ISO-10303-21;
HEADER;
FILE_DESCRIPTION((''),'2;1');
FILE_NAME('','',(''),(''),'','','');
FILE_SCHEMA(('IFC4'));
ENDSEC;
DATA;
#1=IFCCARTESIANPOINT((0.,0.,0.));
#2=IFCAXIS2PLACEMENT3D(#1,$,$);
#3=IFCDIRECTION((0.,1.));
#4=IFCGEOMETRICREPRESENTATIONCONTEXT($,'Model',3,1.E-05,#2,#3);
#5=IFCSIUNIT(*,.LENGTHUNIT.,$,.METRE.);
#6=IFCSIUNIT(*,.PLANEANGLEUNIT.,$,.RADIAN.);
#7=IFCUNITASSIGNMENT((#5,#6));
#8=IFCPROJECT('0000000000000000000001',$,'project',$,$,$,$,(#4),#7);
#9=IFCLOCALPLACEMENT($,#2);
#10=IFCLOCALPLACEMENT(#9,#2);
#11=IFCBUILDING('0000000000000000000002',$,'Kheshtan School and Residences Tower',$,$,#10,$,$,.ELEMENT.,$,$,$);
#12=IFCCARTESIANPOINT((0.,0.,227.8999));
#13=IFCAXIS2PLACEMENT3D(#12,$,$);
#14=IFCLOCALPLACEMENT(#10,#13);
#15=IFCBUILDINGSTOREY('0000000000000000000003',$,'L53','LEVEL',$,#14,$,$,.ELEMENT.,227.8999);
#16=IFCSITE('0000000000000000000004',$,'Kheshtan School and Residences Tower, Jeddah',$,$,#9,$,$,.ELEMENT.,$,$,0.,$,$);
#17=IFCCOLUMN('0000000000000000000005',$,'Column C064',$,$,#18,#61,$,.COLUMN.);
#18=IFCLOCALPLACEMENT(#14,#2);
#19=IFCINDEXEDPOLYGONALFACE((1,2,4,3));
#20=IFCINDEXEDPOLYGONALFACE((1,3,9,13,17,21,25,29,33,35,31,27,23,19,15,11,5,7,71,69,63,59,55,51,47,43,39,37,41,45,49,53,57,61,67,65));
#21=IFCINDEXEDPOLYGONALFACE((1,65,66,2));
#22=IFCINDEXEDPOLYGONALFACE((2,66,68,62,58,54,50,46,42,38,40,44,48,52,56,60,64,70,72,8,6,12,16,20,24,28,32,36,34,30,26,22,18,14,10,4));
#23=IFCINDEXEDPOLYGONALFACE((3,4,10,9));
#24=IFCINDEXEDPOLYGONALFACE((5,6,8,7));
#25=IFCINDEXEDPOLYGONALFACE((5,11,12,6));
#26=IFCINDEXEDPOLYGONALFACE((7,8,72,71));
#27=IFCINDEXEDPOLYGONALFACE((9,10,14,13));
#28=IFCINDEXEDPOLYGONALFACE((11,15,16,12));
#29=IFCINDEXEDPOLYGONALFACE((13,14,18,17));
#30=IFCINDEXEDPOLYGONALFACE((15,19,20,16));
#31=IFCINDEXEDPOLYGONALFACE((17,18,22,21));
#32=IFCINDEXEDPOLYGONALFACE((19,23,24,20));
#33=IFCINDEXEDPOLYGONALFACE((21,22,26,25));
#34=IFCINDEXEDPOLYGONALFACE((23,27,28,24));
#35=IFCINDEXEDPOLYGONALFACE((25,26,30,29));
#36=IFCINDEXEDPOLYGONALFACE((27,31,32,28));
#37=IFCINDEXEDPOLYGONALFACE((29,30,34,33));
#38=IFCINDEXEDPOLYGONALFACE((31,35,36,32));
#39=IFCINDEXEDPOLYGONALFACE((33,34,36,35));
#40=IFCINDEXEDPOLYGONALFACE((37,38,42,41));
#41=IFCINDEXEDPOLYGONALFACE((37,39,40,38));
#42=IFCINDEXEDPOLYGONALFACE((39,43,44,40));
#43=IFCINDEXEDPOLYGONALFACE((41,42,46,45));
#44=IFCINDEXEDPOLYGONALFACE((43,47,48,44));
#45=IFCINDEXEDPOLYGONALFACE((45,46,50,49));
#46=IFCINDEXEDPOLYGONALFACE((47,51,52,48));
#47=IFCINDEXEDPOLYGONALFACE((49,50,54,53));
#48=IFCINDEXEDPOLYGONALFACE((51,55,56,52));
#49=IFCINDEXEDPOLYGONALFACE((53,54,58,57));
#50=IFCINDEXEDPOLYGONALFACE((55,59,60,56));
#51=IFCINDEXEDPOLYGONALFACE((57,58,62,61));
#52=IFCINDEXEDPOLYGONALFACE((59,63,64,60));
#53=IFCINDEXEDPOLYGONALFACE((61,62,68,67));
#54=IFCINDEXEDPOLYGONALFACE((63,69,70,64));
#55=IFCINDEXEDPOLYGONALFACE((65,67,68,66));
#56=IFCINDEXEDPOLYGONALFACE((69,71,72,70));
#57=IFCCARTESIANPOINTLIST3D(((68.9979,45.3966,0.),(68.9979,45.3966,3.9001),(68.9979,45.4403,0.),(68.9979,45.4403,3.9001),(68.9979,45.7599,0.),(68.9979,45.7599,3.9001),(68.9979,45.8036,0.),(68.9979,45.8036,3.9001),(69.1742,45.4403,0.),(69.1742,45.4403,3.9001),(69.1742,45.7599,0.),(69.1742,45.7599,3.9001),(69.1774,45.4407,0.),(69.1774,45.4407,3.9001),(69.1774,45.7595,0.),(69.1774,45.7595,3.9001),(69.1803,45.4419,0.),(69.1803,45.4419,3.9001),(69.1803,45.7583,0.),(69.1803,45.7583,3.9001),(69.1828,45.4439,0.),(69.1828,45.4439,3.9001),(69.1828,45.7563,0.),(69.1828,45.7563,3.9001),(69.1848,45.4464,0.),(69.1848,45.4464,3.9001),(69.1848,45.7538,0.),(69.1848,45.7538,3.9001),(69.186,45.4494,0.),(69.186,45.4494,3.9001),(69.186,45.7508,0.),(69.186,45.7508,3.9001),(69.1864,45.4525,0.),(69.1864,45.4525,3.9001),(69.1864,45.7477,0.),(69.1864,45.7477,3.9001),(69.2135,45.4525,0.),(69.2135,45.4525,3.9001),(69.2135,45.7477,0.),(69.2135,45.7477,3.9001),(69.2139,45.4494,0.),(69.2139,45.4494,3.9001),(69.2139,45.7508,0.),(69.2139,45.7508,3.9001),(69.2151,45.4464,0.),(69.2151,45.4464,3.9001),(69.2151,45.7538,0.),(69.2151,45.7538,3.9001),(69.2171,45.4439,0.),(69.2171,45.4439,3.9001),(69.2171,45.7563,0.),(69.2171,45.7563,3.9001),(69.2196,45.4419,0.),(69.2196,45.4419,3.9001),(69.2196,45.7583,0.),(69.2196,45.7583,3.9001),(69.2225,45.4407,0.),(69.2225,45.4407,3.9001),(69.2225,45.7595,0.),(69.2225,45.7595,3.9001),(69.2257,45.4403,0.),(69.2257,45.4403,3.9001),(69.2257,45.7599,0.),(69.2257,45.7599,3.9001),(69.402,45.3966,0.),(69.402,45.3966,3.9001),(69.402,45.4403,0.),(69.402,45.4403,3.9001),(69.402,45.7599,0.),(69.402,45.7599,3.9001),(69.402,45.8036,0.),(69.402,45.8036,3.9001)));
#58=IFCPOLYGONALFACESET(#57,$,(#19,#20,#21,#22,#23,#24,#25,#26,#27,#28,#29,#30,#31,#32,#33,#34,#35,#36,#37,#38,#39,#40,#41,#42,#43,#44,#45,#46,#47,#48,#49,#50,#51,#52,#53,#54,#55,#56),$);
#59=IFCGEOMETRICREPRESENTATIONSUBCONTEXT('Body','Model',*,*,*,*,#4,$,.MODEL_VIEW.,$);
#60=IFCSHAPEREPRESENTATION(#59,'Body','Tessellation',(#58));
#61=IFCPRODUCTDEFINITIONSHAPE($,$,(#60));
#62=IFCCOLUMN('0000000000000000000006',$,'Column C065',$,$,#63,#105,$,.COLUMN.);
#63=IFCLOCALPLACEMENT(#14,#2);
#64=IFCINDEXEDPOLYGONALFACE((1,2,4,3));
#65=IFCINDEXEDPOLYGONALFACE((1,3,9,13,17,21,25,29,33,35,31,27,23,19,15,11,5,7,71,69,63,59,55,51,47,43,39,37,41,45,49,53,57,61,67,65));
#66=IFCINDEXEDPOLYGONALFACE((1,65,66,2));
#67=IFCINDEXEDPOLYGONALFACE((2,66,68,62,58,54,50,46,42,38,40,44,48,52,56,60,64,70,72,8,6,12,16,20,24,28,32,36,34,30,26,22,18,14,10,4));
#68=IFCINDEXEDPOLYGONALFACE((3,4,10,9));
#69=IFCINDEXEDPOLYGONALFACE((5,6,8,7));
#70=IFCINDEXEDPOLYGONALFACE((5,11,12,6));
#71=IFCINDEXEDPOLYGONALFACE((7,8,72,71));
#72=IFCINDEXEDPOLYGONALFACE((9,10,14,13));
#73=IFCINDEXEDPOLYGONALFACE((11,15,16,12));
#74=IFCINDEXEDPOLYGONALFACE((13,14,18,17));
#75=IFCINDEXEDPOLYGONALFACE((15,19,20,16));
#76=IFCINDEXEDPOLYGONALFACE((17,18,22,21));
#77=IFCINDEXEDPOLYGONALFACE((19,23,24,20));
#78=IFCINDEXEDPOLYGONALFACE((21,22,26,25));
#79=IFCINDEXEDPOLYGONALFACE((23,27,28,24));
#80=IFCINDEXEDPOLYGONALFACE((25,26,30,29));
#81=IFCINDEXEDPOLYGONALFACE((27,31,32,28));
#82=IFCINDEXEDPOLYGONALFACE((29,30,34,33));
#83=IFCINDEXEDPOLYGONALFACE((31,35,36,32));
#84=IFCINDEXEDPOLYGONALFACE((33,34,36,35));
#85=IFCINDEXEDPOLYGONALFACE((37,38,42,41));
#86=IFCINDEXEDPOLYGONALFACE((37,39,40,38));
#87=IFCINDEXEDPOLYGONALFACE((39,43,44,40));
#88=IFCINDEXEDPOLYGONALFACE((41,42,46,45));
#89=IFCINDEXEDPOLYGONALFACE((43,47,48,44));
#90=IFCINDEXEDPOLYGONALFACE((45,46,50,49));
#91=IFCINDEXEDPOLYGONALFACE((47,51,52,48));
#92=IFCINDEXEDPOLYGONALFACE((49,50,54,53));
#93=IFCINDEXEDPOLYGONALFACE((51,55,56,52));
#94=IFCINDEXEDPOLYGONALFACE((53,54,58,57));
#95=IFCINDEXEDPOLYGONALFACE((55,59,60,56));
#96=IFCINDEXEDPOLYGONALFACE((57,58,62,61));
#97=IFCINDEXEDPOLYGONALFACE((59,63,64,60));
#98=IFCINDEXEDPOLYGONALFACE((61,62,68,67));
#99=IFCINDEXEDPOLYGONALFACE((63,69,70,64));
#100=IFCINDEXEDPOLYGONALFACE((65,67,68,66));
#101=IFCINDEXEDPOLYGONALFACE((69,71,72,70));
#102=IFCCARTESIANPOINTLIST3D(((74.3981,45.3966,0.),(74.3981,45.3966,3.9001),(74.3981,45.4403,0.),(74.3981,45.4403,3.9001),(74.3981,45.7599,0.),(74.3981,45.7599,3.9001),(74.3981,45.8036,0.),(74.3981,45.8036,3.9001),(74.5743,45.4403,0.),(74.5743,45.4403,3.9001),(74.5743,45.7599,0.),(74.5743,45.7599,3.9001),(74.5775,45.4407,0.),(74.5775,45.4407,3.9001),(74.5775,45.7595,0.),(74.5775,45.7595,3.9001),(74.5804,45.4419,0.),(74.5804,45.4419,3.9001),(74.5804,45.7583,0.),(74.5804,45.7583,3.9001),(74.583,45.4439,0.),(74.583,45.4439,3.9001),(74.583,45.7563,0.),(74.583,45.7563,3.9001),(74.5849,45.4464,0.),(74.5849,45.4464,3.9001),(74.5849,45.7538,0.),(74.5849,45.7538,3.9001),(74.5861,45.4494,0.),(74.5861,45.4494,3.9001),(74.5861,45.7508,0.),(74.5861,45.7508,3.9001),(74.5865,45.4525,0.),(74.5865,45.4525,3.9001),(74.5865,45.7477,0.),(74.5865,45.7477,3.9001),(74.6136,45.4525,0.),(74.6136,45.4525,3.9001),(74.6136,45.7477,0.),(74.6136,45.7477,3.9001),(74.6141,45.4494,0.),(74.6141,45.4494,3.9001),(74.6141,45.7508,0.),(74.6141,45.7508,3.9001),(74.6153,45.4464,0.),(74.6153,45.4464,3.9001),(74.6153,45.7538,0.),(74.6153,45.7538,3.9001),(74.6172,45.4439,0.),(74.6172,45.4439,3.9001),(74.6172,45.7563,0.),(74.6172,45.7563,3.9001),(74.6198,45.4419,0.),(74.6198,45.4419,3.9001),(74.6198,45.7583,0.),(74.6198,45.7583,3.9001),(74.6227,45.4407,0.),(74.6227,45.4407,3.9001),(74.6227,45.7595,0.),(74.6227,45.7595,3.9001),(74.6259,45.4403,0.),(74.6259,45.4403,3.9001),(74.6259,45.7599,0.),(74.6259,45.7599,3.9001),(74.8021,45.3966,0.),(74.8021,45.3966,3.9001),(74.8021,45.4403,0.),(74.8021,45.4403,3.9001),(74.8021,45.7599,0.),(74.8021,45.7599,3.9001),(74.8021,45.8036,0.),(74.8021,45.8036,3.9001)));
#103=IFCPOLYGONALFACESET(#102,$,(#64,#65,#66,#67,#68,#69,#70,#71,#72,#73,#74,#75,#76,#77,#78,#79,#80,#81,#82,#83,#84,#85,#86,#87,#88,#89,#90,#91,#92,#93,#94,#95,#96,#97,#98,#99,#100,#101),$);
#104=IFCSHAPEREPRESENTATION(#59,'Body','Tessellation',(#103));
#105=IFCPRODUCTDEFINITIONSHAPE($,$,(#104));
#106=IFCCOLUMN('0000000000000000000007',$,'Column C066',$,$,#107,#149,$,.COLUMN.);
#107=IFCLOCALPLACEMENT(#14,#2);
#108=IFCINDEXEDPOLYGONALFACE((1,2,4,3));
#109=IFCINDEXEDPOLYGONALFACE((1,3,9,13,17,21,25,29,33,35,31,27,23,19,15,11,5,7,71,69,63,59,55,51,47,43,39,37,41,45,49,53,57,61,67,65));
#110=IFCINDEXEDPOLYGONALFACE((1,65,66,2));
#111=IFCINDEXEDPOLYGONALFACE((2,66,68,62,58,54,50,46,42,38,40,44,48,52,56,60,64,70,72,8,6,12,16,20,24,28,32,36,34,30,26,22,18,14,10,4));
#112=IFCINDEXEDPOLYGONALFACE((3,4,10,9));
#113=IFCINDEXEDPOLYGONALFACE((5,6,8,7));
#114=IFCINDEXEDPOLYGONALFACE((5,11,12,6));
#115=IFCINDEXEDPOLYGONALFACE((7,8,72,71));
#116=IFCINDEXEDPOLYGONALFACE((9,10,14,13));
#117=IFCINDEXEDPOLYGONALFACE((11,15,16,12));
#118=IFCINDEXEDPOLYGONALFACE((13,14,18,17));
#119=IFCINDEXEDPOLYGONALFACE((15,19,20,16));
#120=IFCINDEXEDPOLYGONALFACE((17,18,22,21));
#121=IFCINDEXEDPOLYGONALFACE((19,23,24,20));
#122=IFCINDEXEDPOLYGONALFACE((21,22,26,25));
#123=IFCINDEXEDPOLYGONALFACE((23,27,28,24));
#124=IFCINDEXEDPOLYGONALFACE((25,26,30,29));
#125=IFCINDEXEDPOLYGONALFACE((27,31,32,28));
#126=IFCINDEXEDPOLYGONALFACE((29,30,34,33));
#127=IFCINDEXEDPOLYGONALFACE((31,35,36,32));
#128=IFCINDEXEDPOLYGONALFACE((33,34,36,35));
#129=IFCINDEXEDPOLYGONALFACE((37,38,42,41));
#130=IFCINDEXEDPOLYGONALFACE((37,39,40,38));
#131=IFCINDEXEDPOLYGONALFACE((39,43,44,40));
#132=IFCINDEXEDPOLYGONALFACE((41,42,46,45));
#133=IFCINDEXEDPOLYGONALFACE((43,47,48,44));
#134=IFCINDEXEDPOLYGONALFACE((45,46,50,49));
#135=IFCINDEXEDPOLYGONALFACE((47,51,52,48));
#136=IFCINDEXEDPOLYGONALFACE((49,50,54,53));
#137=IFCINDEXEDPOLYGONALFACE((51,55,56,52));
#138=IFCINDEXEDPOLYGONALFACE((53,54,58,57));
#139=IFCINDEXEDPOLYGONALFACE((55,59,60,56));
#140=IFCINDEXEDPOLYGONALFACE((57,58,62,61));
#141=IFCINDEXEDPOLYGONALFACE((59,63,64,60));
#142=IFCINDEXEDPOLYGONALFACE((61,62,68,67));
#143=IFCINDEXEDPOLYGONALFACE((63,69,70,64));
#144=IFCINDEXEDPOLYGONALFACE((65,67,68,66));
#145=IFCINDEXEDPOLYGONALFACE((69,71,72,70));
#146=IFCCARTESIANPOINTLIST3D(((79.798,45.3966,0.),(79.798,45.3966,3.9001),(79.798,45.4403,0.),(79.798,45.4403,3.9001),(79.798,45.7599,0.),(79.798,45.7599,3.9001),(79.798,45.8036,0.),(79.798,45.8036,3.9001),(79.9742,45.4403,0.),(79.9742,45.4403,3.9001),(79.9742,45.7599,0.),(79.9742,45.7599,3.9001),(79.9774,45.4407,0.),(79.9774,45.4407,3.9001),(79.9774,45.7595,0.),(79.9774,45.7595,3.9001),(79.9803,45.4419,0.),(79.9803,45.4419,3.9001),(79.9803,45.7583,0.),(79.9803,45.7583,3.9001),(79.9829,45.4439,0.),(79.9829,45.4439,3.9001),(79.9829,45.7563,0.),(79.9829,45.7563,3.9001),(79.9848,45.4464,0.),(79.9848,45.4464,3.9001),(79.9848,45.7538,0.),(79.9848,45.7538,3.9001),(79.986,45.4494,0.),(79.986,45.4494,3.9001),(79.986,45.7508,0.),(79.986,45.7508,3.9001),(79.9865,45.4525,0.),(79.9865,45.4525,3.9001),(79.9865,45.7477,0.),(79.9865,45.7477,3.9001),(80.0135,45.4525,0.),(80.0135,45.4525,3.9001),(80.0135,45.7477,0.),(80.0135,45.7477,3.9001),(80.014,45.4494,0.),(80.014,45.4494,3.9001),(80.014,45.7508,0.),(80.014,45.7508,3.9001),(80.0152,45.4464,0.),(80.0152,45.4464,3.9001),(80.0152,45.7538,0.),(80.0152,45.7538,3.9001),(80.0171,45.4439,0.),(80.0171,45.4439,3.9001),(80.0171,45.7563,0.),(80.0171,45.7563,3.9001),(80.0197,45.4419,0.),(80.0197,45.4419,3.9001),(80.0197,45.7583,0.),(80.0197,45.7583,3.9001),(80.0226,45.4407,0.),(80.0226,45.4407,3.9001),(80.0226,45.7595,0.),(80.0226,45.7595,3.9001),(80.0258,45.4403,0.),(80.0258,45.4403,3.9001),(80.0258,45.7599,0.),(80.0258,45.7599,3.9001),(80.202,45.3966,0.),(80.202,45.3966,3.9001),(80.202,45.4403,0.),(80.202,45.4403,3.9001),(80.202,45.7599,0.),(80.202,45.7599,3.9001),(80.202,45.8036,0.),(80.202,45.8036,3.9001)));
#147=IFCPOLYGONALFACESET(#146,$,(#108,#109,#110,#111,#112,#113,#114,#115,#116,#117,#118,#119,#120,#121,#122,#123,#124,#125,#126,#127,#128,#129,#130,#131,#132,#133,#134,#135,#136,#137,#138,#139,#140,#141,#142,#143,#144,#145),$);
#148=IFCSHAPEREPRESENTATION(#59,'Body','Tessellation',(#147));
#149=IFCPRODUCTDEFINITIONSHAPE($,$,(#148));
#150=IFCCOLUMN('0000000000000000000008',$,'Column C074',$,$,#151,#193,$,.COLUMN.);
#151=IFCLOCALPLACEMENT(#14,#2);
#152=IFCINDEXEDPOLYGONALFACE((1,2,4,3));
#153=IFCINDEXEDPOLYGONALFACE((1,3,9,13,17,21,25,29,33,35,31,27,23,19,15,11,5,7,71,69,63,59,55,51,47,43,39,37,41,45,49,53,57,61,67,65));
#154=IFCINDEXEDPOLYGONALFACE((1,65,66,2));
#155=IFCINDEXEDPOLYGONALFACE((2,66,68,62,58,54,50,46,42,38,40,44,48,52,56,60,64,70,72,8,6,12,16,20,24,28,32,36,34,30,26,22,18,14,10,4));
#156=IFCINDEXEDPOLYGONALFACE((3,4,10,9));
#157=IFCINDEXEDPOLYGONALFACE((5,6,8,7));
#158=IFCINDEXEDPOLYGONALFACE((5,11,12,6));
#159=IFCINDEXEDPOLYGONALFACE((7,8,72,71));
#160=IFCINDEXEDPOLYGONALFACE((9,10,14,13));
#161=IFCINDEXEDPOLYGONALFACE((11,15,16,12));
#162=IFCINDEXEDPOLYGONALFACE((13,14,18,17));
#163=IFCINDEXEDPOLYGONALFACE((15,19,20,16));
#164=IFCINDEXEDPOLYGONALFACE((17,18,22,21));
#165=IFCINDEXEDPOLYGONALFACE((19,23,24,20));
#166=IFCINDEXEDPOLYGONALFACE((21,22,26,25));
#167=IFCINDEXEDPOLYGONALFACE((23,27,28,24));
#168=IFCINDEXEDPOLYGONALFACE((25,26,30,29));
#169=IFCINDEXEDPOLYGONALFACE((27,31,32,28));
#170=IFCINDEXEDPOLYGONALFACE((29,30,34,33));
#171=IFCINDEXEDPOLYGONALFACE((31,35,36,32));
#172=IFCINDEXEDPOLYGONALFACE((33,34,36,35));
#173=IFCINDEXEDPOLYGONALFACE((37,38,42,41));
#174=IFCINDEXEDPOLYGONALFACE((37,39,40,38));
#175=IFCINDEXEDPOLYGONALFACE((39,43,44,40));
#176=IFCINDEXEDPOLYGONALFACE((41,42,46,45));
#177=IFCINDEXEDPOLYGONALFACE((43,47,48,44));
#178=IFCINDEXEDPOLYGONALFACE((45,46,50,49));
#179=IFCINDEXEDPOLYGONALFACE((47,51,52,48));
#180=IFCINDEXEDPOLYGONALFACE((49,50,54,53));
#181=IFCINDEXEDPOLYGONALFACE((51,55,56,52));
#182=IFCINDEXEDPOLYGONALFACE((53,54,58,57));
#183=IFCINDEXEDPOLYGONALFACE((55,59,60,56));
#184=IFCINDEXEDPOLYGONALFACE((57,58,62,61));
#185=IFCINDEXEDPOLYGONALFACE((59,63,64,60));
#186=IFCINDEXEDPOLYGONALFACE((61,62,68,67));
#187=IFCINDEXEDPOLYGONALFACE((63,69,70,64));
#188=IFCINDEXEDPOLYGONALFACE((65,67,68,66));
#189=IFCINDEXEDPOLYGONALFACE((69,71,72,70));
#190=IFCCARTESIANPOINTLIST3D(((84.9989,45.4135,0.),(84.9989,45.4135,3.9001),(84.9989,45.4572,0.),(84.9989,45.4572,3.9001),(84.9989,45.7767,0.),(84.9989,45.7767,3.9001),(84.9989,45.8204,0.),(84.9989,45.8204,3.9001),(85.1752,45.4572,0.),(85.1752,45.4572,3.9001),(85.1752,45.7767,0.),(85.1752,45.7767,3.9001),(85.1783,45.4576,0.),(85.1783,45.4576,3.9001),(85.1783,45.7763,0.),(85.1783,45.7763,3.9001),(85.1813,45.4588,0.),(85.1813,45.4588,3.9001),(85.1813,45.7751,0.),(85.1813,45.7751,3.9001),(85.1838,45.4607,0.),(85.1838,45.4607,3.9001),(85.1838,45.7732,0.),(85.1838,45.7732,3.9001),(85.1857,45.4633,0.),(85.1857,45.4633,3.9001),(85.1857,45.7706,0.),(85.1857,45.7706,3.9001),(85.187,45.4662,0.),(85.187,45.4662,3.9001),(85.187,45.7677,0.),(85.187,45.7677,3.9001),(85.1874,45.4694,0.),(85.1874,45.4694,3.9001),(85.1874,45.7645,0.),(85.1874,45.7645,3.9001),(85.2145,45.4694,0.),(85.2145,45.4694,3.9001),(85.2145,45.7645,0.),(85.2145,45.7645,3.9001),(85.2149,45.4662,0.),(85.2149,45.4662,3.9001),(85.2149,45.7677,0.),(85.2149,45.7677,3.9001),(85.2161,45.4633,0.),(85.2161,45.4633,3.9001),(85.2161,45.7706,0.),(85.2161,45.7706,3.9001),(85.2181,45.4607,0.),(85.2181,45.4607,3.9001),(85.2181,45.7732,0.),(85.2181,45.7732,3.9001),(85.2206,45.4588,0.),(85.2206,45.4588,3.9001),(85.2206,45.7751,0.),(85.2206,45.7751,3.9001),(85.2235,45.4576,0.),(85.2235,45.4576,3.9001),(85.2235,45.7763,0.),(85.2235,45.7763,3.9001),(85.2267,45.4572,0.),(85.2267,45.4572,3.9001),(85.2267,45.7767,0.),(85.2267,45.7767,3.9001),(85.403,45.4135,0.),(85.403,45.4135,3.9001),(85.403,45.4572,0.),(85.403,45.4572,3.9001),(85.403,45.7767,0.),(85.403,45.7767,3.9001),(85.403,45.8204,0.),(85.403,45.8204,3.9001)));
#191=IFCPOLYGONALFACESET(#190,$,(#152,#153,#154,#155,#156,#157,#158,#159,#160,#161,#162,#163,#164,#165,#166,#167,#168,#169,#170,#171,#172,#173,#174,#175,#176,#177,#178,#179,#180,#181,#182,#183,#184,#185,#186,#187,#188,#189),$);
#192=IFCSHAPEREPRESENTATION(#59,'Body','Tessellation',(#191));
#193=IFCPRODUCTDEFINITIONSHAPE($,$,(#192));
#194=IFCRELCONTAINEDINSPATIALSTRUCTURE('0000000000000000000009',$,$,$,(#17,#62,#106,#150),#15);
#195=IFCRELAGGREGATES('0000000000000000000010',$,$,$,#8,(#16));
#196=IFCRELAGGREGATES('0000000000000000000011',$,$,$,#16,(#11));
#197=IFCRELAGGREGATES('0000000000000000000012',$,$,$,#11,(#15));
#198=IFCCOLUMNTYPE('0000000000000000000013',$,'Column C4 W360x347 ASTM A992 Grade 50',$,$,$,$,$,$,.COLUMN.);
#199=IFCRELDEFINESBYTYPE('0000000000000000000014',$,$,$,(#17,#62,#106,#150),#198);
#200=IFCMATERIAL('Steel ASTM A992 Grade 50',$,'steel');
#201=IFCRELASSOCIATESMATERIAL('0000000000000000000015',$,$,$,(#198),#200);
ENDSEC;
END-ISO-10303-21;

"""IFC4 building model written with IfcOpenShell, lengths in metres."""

from ifc_helpers import new_model, si_unit, direction, frame, origin, origin_2d, place, context, subcontext, project, spatial, i_section, extrude, material, material_profile, profile_set, type_object, element, save


model = new_model("IFC4")

# Units and contexts
model_context = context("Model", 3, precision=1e-05, world=origin(), true_north=direction((0.0, 1.0)))
body_context = subcontext(model_context, "Body", "Model", "MODEL_VIEW")
ifc_project = project(units=[si_unit("LENGTHUNIT", "METRE"), si_unit("PLANEANGLEUNIT", "RADIAN")], contexts=[model_context])

# Site, building, storey
site_placement = place(None, origin())
site = spatial("IfcSite", under=ifc_project, at=site_placement, Name="Kheshtan School and Residences Tower, Jeddah", CompositionType="ELEMENT", RefElevation=0.0)
building_placement = place(site_placement, origin())
building = spatial("IfcBuilding", under=site, at=building_placement, Name="Kheshtan School and Residences Tower", CompositionType="ELEMENT")
storey_placement = place(building_placement, frame((0.0, 0.0, 227.8999)))
storey = spatial("IfcBuildingStorey", under=building, at=storey_placement, Name="L53", Description="LEVEL", CompositionType="ELEMENT", Elevation=227.8999)

# Columns
ifc_material_1 = material(Name="Steel ASTM A992 Grade 50", Category="steel")
ifc_material_profile_1 = material_profile(ifc_material_1, i_section(OverallWidth=0.4041, OverallDepth=0.407, WebThickness=0.0271, FlangeThickness=0.0437, FilletRadius=0.0122, at=origin_2d()), Name="W360x347")
ifc_profile_set_1 = profile_set([ifc_material_profile_1], Name="Steel ASTM A992 Grade 50")
column_type = type_object("IfcColumnType", Name="Column C4 W360x347 ASTM A992 Grade 50", PredefinedType="COLUMN", material=ifc_profile_set_1)
for number, where, z_axis, x_axis, name in (
    (1, (69.2, 45.6001, 0.0), (0.0, 0.0, 1.0), (1.0, 0.0, 0.0), "Column C064"),
    (2, (74.6001, 45.6001, 0.0), (0.0, 0.0, 1.0), (1.0, 0.0, 0.0), "Column C065"),
    (3, (80.0, 45.6001, 0.0), (0.0, 0.0, 1.0), (1.0, 0.0, 0.0), "Column C066"),
    (4, (85.2009, 45.6169, 0.0), (0.0, 0.0, 1.0), (1.0, 0.0, 0.0), "Column C074"),
):
    element("IfcColumn", number, at=place(storey_placement, frame(where, z_axis=z_axis, x_axis=x_axis)), inside=storey, type_object=column_type, Name=name, PredefinedType="COLUMN", context=body_context, shape_type="SweptSolid", body=[
        extrude(i_section(OverallWidth=0.4041, OverallDepth=0.407, WebThickness=0.0271, FlangeThickness=0.0437, FilletRadius=0.0122, at=origin_2d()), origin(), (0.0, 0.0, 1.0), 3.9001),
    ])

save(model, "model.ifc")
